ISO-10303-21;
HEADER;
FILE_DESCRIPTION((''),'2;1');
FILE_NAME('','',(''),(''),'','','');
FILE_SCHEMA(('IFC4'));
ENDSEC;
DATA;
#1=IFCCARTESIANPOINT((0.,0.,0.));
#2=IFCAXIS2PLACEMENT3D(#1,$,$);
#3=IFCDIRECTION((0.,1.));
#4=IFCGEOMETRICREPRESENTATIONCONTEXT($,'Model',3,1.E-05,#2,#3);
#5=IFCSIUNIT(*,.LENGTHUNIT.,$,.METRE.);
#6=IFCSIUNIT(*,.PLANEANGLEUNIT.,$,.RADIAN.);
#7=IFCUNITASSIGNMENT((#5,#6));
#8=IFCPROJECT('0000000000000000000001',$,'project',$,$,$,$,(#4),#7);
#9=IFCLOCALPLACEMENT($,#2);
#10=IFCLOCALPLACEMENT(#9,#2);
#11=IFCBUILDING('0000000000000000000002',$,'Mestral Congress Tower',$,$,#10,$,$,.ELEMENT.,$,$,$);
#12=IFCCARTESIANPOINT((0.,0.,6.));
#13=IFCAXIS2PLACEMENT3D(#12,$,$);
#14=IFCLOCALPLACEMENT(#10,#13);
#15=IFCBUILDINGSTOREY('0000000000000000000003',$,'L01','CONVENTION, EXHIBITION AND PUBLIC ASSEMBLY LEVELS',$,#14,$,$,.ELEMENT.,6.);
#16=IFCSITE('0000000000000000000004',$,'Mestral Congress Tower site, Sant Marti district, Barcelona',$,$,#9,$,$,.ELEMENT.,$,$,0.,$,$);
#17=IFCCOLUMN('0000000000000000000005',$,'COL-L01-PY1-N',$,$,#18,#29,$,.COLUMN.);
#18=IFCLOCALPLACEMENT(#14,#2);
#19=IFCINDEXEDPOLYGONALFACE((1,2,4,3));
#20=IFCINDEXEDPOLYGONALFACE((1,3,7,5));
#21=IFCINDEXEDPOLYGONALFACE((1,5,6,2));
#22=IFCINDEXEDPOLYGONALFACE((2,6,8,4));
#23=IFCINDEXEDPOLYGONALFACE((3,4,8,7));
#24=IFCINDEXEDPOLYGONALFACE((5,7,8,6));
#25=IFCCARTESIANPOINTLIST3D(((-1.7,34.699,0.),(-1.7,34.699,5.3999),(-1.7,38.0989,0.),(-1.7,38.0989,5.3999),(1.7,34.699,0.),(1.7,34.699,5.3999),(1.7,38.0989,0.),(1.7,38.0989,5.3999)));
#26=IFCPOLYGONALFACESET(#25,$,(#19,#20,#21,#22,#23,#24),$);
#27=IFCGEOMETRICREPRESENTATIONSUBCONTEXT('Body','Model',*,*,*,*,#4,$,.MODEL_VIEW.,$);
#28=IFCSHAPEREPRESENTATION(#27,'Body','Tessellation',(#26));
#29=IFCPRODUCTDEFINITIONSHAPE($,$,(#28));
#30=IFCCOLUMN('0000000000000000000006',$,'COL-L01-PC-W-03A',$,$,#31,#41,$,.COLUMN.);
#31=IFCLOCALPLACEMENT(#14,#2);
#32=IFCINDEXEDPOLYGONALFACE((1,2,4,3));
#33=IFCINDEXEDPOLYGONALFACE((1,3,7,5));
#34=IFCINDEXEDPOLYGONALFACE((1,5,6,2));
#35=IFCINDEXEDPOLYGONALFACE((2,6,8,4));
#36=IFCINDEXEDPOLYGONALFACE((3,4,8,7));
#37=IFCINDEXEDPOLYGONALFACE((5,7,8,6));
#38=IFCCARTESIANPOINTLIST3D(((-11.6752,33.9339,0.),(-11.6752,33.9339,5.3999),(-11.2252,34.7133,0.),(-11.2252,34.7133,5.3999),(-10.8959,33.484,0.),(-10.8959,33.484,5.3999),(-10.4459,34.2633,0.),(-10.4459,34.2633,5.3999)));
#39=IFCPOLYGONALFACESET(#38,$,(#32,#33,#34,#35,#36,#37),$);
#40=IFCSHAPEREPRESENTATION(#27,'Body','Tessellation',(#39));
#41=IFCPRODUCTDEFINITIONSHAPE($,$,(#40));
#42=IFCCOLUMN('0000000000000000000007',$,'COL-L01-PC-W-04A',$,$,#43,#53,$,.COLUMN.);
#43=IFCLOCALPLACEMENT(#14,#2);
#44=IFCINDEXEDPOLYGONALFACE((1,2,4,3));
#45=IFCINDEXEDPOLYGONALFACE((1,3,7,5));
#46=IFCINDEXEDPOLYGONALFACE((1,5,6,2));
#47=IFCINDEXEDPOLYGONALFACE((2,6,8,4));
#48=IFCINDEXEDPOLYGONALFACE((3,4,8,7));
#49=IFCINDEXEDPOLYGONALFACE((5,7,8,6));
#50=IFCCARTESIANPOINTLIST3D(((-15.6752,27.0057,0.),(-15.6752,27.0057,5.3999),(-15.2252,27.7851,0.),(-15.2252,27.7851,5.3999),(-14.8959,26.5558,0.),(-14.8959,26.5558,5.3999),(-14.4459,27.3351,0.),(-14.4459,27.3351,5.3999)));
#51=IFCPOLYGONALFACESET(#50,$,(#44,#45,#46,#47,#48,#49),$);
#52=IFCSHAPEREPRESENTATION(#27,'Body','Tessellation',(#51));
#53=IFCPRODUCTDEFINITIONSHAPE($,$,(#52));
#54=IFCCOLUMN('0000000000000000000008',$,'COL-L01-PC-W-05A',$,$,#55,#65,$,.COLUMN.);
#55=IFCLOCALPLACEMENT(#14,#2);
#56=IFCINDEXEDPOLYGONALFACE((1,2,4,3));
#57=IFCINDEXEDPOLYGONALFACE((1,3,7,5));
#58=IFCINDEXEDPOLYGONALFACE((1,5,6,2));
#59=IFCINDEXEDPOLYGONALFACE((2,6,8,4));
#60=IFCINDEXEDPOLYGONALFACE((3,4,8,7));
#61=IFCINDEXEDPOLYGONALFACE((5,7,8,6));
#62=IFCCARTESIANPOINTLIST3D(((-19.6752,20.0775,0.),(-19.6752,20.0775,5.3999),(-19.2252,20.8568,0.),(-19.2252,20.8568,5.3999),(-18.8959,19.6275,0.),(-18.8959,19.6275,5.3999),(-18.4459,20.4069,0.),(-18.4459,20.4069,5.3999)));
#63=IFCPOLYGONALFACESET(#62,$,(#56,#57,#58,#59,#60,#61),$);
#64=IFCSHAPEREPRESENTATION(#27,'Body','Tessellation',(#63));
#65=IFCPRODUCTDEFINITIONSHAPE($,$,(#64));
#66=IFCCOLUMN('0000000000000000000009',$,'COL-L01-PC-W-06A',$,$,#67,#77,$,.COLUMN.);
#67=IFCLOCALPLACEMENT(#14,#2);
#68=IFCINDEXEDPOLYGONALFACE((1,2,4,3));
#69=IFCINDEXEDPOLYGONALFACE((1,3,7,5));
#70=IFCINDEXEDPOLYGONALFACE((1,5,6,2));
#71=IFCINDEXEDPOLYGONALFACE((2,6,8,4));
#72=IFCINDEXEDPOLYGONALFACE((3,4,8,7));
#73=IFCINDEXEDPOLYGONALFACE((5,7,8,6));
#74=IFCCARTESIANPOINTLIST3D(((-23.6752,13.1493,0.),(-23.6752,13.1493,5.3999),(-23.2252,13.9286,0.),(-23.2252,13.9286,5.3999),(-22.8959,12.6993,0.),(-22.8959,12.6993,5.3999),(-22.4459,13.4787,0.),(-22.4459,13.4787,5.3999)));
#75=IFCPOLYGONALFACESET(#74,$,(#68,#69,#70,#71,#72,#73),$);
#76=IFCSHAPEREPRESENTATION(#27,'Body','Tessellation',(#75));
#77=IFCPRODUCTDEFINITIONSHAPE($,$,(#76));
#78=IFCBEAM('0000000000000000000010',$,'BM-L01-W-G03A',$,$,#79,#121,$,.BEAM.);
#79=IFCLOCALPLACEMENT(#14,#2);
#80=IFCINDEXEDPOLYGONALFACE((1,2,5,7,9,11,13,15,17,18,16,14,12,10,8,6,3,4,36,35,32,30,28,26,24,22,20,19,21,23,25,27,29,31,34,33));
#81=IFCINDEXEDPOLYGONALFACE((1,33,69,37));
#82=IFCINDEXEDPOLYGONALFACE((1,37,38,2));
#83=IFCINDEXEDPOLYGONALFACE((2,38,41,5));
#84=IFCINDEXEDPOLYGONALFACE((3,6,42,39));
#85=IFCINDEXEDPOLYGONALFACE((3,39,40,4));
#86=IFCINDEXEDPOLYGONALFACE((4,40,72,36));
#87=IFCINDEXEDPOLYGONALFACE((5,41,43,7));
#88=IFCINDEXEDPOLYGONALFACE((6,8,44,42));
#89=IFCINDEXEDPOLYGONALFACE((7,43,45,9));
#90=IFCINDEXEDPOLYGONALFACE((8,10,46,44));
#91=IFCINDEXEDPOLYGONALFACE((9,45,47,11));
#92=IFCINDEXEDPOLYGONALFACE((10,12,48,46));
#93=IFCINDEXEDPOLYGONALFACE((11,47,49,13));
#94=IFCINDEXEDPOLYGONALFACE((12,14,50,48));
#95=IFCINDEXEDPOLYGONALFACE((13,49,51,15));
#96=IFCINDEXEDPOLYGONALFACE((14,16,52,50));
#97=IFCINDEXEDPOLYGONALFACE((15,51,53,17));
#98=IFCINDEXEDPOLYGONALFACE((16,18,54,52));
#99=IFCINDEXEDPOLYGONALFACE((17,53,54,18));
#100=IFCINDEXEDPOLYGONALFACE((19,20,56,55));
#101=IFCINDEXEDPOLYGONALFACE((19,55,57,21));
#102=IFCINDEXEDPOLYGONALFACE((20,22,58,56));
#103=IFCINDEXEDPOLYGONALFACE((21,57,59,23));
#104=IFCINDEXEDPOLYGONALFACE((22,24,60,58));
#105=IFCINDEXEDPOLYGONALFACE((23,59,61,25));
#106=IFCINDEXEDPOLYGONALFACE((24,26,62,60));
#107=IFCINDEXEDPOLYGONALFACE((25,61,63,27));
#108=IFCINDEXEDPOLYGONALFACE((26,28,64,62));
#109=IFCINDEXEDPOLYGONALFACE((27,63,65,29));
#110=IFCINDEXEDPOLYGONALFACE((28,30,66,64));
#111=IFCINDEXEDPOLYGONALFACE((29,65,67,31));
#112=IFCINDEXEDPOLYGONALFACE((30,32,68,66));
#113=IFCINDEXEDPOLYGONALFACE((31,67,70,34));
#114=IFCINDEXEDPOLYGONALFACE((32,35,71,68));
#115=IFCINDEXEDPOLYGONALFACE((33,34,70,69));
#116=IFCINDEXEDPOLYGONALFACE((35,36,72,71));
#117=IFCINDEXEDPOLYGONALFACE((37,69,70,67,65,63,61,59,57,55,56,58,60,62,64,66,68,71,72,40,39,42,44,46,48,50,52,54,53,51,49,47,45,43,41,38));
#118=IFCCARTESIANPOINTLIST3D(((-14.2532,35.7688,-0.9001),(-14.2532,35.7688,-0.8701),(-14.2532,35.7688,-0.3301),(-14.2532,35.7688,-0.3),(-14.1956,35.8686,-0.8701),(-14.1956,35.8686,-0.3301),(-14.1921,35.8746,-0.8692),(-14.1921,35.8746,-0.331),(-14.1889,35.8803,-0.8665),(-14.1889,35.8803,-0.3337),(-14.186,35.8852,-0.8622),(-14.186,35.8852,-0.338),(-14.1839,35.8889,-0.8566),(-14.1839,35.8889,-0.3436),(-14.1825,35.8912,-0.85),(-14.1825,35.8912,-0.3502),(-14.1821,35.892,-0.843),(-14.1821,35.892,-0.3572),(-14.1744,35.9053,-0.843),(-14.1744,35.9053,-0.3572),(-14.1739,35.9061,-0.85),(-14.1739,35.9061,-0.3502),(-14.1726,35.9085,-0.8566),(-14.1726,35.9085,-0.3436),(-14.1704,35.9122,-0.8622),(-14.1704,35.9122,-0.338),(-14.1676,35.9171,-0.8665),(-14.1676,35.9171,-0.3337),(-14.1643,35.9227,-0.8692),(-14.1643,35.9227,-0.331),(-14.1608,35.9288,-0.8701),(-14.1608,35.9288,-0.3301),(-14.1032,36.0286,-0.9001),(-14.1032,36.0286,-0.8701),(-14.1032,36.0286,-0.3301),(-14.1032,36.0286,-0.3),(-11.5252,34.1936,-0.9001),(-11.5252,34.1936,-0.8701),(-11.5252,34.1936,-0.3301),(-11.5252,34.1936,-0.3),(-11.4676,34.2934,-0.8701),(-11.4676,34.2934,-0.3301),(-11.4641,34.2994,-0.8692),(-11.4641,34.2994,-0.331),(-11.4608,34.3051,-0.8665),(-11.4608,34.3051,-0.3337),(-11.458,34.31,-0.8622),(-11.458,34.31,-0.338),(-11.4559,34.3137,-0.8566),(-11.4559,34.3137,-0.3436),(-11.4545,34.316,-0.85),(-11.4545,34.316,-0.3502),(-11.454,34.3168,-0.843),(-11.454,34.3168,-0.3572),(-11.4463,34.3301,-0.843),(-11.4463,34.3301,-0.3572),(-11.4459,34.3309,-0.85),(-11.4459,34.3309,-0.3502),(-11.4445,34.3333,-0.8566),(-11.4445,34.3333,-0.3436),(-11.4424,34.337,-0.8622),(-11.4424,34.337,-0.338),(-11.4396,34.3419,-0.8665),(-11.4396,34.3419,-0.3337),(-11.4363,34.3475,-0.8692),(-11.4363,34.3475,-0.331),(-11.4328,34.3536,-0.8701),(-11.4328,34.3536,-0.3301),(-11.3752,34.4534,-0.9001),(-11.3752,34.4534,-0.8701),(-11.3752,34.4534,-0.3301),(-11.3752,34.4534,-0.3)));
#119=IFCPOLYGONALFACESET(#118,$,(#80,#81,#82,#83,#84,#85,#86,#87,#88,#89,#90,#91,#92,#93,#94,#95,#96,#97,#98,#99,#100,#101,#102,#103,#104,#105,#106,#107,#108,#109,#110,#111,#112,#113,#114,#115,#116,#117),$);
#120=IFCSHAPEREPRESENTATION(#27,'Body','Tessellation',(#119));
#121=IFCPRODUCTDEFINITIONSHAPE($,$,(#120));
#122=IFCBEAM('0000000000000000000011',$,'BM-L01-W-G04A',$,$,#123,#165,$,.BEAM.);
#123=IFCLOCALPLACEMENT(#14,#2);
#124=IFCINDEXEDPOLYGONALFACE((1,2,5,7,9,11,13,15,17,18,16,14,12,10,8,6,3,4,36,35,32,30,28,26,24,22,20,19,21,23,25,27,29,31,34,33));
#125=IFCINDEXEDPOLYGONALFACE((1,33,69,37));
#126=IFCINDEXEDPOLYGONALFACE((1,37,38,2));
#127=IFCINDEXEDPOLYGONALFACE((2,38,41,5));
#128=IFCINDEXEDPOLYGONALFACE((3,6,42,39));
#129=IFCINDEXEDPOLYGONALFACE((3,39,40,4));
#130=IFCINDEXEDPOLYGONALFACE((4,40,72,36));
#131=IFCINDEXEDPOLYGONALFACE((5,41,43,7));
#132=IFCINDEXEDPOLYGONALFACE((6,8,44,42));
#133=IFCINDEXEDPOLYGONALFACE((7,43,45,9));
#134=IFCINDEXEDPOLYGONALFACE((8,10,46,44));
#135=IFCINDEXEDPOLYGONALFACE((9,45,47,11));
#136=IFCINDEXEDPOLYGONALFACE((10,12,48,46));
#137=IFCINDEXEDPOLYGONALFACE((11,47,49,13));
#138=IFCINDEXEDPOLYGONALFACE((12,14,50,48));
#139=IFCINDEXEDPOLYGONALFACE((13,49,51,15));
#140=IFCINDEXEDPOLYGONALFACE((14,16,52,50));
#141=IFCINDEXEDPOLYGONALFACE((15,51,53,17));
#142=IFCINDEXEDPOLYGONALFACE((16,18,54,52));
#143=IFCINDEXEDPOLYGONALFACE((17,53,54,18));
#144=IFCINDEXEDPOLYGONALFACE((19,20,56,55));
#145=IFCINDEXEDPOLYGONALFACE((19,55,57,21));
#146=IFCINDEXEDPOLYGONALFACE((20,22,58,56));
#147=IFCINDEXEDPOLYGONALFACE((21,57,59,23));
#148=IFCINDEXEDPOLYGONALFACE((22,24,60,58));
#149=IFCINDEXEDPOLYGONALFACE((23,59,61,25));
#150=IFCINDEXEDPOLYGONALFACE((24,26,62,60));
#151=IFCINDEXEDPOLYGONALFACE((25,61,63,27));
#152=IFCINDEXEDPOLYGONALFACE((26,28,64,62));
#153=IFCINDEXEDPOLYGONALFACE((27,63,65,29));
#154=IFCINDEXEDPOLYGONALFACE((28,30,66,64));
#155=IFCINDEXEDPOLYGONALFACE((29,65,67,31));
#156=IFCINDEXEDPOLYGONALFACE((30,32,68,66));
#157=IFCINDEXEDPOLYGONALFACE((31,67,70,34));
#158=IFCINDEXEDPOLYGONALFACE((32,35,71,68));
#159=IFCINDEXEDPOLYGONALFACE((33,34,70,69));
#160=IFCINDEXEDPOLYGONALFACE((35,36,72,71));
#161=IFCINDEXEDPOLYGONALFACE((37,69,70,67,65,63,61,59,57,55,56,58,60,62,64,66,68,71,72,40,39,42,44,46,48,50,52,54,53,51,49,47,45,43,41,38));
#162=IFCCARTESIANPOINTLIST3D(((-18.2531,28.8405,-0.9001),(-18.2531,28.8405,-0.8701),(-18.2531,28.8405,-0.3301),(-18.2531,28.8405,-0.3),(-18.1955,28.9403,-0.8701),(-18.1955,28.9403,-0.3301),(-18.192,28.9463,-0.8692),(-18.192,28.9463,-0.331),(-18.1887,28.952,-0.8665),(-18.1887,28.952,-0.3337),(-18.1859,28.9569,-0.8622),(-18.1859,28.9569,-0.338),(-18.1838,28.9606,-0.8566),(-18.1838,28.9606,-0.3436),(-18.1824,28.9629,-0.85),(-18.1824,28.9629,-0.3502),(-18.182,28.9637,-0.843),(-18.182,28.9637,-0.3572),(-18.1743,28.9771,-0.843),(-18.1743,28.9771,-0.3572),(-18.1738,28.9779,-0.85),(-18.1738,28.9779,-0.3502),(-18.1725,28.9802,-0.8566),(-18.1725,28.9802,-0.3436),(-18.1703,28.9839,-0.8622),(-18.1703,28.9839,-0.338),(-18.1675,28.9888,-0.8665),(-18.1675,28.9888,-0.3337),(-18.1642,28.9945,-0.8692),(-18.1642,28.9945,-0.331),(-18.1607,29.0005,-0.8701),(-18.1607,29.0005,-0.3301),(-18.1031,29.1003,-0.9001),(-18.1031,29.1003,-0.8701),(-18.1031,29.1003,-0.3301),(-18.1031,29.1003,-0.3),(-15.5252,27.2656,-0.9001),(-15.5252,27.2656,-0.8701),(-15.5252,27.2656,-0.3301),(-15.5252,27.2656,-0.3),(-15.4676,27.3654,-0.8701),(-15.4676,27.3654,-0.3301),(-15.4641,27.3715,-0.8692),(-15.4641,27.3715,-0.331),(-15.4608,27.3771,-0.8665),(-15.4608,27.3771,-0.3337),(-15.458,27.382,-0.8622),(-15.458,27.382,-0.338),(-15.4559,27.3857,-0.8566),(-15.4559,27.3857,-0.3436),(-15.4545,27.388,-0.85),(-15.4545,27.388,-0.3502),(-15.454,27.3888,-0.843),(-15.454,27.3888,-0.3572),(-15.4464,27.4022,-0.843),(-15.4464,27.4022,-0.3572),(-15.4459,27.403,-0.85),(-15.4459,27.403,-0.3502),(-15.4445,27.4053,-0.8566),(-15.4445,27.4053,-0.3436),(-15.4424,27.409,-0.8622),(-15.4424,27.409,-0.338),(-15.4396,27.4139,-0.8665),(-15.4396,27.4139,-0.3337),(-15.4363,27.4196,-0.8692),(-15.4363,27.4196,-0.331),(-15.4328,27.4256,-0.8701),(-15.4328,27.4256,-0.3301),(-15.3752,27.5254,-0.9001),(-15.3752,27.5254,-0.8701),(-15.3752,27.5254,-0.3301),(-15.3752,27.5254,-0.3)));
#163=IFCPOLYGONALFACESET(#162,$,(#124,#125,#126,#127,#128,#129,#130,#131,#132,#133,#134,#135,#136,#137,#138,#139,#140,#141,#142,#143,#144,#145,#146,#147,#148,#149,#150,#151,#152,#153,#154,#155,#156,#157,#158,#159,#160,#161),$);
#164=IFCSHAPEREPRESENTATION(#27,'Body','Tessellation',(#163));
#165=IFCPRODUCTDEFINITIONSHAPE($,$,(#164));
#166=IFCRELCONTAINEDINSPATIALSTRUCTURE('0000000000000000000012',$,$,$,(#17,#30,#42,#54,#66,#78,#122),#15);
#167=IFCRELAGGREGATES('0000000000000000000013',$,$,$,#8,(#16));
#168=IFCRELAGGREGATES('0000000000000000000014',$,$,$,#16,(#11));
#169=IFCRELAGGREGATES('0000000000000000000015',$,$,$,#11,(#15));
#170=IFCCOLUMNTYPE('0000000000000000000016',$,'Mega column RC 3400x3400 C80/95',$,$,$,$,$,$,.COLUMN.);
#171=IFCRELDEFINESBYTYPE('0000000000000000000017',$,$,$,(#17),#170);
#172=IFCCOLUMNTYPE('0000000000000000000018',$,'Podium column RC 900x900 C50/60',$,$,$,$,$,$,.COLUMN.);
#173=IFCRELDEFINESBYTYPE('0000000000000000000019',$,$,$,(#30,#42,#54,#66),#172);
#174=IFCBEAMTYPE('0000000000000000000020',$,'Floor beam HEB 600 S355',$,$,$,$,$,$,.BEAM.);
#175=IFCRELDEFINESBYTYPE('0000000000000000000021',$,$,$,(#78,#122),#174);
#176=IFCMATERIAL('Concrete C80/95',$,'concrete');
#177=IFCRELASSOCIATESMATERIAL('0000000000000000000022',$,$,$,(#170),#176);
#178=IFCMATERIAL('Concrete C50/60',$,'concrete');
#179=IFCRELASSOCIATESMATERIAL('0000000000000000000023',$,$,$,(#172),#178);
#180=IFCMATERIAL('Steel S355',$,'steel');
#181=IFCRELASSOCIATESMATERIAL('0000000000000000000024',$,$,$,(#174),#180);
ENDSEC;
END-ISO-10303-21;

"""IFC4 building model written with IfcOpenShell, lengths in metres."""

from ifc_helpers import new_model, si_unit, direction, frame, origin, origin_2d, place, context, subcontext, project, spatial, rectangle, i_section, extrude, material, material_profile, profile_set, type_object, element, save


model = new_model("IFC4")

# Units and contexts
model_context = context("Model", 3, precision=1e-05, world=origin(), true_north=direction((0.0, 1.0)))
body_context = subcontext(model_context, "Body", "Model", "MODEL_VIEW")
ifc_project = project(units=[si_unit("LENGTHUNIT", "METRE"), si_unit("PLANEANGLEUNIT", "RADIAN")], contexts=[model_context])

# Site, building, storey
site_placement = place(None, origin())
site = spatial("IfcSite", under=ifc_project, at=site_placement, Name="Mestral Congress Tower site, Sant Marti district, Barcelona", CompositionType="ELEMENT", RefElevation=0.0)
building_placement = place(site_placement, origin())
building = spatial("IfcBuilding", under=site, at=building_placement, Name="Mestral Congress Tower", CompositionType="ELEMENT")
storey_placement = place(building_placement, frame((0.0, 0.0, 6.0)))
storey = spatial("IfcBuildingStorey", under=building, at=storey_placement, Name="L01", Description="CONVENTION, EXHIBITION AND PUBLIC ASSEMBLY LEVELS", CompositionType="ELEMENT", Elevation=6.0)

# Columns
ifc_material_1 = material(Name="Concrete C80/95", Category="concrete")
ifc_material_profile_1 = material_profile(ifc_material_1, rectangle(XDim=3.3999, YDim=3.3999, at=origin_2d()), Name="RC 3400x3400")
ifc_profile_set_1 = profile_set([ifc_material_profile_1], Name="Concrete C80/95")
column_type_1 = type_object("IfcColumnType", Name="Mega column RC 3400x3400 C80/95", PredefinedType="COLUMN", material=ifc_profile_set_1)
column_placement = place(storey_placement, frame((0.0, 36.3989, 0.0), z_axis=(0.0, 0.0, 1.0), x_axis=(0.0, 1.0, 0.0)))
element("IfcColumn", 1, at=column_placement, inside=storey, type_object=column_type_1, Name="COL-L01-PY1-N", PredefinedType="COLUMN", context=body_context, shape_type="SweptSolid", body=[
    extrude(rectangle(XDim=3.3999, YDim=3.3999, at=origin_2d()), origin(), (0.0, 0.0, 1.0), 5.3999),
])
ifc_material_2 = material(Name="Concrete C50/60", Category="concrete")
ifc_material_profile_2 = material_profile(ifc_material_2, rectangle(XDim=0.8999, YDim=0.8999, at=origin_2d()), Name="RC 900x900")
ifc_profile_set_2 = profile_set([ifc_material_profile_2], Name="Concrete C50/60")
column_type_2 = type_object("IfcColumnType", Name="Podium column RC 900x900 C50/60", PredefinedType="COLUMN", material=ifc_profile_set_2)
for number, where, z_axis, x_axis, name in (
    (2, (-11.0605, 34.0986, 0.0), (0.0, 0.0, 1.0), (-0.5, -0.866025, 0.0), "COL-L01-PC-W-03A"),
    (3, (-15.0605, 27.1704, 0.0), (0.0, 0.0, 1.0), (-0.5, -0.866025, 0.0), "COL-L01-PC-W-04A"),
    (4, (-19.0605, 20.2422, 0.0), (0.0, 0.0, 1.0), (-0.5, -0.866025, 0.0), "COL-L01-PC-W-05A"),
    (5, (-23.0605, 13.314, 0.0), (0.0, 0.0, 1.0), (-0.5, -0.866025, 0.0), "COL-L01-PC-W-06A"),
):
    element("IfcColumn", number, at=place(storey_placement, frame(where, z_axis=z_axis, x_axis=x_axis)), inside=storey, type_object=column_type_2, Name=name, PredefinedType="COLUMN", context=body_context, shape_type="SweptSolid", body=[
        extrude(rectangle(XDim=0.8999, YDim=0.8999, at=origin_2d()), origin(), (0.0, 0.0, 1.0), 5.3999),
    ])

# Beams
ifc_material_3 = material(Name="Steel S355", Category="steel")
ifc_material_profile_3 = material_profile(ifc_material_3, i_section(OverallWidth=0.3, OverallDepth=0.6001, WebThickness=0.0154, FlangeThickness=0.03, FilletRadius=0.0271, at=origin_2d()), Name="HEB 600")
ifc_profile_set_3 = profile_set([ifc_material_profile_3], Name="Steel S355")
beam_type_1 = type_object("IfcBeamType", Name="Floor beam HEB 600 S355", PredefinedType="BEAM", material=ifc_profile_set_3)
beam_placement = place(storey_placement, frame((-11.4502, 34.3235, -0.6001), z_axis=(-0.866002, 0.50004, 0.0), x_axis=(-0.50004, -0.866002, 0.0)))
element("IfcBeam", 6, at=beam_placement, inside=storey, type_object=beam_type_1, Name="BM-L01-W-G03A", PredefinedType="BEAM", context=body_context, shape_type="SweptSolid", body=[
    extrude(i_section(OverallWidth=0.3, OverallDepth=0.6001, WebThickness=0.0154, FlangeThickness=0.03, FilletRadius=0.0271, at=origin_2d()), origin(), (0.0, 0.0, 1.0), 3.1501),
])
for number, where, z_axis, x_axis, name in (
    (7, (-15.4502, 27.3955, -0.6001), (-0.866036, 0.499982, 0.0), (-0.499982, -0.866036, 0.0), "BM-L01-W-G04A"),
):
    element("IfcBeam", number, at=place(storey_placement, frame(where, z_axis=z_axis, x_axis=x_axis)), inside=storey, type_object=beam_type_1, Name=name, PredefinedType="BEAM", context=body_context, shape_type="SweptSolid", body=[
        extrude(i_section(OverallWidth=0.3, OverallDepth=0.6001, WebThickness=0.0154, FlangeThickness=0.03, FilletRadius=0.0271, at=origin_2d()), origin(), (0.0, 0.0, 1.0), 3.1499),
    ])

save(model, "model.ifc")
